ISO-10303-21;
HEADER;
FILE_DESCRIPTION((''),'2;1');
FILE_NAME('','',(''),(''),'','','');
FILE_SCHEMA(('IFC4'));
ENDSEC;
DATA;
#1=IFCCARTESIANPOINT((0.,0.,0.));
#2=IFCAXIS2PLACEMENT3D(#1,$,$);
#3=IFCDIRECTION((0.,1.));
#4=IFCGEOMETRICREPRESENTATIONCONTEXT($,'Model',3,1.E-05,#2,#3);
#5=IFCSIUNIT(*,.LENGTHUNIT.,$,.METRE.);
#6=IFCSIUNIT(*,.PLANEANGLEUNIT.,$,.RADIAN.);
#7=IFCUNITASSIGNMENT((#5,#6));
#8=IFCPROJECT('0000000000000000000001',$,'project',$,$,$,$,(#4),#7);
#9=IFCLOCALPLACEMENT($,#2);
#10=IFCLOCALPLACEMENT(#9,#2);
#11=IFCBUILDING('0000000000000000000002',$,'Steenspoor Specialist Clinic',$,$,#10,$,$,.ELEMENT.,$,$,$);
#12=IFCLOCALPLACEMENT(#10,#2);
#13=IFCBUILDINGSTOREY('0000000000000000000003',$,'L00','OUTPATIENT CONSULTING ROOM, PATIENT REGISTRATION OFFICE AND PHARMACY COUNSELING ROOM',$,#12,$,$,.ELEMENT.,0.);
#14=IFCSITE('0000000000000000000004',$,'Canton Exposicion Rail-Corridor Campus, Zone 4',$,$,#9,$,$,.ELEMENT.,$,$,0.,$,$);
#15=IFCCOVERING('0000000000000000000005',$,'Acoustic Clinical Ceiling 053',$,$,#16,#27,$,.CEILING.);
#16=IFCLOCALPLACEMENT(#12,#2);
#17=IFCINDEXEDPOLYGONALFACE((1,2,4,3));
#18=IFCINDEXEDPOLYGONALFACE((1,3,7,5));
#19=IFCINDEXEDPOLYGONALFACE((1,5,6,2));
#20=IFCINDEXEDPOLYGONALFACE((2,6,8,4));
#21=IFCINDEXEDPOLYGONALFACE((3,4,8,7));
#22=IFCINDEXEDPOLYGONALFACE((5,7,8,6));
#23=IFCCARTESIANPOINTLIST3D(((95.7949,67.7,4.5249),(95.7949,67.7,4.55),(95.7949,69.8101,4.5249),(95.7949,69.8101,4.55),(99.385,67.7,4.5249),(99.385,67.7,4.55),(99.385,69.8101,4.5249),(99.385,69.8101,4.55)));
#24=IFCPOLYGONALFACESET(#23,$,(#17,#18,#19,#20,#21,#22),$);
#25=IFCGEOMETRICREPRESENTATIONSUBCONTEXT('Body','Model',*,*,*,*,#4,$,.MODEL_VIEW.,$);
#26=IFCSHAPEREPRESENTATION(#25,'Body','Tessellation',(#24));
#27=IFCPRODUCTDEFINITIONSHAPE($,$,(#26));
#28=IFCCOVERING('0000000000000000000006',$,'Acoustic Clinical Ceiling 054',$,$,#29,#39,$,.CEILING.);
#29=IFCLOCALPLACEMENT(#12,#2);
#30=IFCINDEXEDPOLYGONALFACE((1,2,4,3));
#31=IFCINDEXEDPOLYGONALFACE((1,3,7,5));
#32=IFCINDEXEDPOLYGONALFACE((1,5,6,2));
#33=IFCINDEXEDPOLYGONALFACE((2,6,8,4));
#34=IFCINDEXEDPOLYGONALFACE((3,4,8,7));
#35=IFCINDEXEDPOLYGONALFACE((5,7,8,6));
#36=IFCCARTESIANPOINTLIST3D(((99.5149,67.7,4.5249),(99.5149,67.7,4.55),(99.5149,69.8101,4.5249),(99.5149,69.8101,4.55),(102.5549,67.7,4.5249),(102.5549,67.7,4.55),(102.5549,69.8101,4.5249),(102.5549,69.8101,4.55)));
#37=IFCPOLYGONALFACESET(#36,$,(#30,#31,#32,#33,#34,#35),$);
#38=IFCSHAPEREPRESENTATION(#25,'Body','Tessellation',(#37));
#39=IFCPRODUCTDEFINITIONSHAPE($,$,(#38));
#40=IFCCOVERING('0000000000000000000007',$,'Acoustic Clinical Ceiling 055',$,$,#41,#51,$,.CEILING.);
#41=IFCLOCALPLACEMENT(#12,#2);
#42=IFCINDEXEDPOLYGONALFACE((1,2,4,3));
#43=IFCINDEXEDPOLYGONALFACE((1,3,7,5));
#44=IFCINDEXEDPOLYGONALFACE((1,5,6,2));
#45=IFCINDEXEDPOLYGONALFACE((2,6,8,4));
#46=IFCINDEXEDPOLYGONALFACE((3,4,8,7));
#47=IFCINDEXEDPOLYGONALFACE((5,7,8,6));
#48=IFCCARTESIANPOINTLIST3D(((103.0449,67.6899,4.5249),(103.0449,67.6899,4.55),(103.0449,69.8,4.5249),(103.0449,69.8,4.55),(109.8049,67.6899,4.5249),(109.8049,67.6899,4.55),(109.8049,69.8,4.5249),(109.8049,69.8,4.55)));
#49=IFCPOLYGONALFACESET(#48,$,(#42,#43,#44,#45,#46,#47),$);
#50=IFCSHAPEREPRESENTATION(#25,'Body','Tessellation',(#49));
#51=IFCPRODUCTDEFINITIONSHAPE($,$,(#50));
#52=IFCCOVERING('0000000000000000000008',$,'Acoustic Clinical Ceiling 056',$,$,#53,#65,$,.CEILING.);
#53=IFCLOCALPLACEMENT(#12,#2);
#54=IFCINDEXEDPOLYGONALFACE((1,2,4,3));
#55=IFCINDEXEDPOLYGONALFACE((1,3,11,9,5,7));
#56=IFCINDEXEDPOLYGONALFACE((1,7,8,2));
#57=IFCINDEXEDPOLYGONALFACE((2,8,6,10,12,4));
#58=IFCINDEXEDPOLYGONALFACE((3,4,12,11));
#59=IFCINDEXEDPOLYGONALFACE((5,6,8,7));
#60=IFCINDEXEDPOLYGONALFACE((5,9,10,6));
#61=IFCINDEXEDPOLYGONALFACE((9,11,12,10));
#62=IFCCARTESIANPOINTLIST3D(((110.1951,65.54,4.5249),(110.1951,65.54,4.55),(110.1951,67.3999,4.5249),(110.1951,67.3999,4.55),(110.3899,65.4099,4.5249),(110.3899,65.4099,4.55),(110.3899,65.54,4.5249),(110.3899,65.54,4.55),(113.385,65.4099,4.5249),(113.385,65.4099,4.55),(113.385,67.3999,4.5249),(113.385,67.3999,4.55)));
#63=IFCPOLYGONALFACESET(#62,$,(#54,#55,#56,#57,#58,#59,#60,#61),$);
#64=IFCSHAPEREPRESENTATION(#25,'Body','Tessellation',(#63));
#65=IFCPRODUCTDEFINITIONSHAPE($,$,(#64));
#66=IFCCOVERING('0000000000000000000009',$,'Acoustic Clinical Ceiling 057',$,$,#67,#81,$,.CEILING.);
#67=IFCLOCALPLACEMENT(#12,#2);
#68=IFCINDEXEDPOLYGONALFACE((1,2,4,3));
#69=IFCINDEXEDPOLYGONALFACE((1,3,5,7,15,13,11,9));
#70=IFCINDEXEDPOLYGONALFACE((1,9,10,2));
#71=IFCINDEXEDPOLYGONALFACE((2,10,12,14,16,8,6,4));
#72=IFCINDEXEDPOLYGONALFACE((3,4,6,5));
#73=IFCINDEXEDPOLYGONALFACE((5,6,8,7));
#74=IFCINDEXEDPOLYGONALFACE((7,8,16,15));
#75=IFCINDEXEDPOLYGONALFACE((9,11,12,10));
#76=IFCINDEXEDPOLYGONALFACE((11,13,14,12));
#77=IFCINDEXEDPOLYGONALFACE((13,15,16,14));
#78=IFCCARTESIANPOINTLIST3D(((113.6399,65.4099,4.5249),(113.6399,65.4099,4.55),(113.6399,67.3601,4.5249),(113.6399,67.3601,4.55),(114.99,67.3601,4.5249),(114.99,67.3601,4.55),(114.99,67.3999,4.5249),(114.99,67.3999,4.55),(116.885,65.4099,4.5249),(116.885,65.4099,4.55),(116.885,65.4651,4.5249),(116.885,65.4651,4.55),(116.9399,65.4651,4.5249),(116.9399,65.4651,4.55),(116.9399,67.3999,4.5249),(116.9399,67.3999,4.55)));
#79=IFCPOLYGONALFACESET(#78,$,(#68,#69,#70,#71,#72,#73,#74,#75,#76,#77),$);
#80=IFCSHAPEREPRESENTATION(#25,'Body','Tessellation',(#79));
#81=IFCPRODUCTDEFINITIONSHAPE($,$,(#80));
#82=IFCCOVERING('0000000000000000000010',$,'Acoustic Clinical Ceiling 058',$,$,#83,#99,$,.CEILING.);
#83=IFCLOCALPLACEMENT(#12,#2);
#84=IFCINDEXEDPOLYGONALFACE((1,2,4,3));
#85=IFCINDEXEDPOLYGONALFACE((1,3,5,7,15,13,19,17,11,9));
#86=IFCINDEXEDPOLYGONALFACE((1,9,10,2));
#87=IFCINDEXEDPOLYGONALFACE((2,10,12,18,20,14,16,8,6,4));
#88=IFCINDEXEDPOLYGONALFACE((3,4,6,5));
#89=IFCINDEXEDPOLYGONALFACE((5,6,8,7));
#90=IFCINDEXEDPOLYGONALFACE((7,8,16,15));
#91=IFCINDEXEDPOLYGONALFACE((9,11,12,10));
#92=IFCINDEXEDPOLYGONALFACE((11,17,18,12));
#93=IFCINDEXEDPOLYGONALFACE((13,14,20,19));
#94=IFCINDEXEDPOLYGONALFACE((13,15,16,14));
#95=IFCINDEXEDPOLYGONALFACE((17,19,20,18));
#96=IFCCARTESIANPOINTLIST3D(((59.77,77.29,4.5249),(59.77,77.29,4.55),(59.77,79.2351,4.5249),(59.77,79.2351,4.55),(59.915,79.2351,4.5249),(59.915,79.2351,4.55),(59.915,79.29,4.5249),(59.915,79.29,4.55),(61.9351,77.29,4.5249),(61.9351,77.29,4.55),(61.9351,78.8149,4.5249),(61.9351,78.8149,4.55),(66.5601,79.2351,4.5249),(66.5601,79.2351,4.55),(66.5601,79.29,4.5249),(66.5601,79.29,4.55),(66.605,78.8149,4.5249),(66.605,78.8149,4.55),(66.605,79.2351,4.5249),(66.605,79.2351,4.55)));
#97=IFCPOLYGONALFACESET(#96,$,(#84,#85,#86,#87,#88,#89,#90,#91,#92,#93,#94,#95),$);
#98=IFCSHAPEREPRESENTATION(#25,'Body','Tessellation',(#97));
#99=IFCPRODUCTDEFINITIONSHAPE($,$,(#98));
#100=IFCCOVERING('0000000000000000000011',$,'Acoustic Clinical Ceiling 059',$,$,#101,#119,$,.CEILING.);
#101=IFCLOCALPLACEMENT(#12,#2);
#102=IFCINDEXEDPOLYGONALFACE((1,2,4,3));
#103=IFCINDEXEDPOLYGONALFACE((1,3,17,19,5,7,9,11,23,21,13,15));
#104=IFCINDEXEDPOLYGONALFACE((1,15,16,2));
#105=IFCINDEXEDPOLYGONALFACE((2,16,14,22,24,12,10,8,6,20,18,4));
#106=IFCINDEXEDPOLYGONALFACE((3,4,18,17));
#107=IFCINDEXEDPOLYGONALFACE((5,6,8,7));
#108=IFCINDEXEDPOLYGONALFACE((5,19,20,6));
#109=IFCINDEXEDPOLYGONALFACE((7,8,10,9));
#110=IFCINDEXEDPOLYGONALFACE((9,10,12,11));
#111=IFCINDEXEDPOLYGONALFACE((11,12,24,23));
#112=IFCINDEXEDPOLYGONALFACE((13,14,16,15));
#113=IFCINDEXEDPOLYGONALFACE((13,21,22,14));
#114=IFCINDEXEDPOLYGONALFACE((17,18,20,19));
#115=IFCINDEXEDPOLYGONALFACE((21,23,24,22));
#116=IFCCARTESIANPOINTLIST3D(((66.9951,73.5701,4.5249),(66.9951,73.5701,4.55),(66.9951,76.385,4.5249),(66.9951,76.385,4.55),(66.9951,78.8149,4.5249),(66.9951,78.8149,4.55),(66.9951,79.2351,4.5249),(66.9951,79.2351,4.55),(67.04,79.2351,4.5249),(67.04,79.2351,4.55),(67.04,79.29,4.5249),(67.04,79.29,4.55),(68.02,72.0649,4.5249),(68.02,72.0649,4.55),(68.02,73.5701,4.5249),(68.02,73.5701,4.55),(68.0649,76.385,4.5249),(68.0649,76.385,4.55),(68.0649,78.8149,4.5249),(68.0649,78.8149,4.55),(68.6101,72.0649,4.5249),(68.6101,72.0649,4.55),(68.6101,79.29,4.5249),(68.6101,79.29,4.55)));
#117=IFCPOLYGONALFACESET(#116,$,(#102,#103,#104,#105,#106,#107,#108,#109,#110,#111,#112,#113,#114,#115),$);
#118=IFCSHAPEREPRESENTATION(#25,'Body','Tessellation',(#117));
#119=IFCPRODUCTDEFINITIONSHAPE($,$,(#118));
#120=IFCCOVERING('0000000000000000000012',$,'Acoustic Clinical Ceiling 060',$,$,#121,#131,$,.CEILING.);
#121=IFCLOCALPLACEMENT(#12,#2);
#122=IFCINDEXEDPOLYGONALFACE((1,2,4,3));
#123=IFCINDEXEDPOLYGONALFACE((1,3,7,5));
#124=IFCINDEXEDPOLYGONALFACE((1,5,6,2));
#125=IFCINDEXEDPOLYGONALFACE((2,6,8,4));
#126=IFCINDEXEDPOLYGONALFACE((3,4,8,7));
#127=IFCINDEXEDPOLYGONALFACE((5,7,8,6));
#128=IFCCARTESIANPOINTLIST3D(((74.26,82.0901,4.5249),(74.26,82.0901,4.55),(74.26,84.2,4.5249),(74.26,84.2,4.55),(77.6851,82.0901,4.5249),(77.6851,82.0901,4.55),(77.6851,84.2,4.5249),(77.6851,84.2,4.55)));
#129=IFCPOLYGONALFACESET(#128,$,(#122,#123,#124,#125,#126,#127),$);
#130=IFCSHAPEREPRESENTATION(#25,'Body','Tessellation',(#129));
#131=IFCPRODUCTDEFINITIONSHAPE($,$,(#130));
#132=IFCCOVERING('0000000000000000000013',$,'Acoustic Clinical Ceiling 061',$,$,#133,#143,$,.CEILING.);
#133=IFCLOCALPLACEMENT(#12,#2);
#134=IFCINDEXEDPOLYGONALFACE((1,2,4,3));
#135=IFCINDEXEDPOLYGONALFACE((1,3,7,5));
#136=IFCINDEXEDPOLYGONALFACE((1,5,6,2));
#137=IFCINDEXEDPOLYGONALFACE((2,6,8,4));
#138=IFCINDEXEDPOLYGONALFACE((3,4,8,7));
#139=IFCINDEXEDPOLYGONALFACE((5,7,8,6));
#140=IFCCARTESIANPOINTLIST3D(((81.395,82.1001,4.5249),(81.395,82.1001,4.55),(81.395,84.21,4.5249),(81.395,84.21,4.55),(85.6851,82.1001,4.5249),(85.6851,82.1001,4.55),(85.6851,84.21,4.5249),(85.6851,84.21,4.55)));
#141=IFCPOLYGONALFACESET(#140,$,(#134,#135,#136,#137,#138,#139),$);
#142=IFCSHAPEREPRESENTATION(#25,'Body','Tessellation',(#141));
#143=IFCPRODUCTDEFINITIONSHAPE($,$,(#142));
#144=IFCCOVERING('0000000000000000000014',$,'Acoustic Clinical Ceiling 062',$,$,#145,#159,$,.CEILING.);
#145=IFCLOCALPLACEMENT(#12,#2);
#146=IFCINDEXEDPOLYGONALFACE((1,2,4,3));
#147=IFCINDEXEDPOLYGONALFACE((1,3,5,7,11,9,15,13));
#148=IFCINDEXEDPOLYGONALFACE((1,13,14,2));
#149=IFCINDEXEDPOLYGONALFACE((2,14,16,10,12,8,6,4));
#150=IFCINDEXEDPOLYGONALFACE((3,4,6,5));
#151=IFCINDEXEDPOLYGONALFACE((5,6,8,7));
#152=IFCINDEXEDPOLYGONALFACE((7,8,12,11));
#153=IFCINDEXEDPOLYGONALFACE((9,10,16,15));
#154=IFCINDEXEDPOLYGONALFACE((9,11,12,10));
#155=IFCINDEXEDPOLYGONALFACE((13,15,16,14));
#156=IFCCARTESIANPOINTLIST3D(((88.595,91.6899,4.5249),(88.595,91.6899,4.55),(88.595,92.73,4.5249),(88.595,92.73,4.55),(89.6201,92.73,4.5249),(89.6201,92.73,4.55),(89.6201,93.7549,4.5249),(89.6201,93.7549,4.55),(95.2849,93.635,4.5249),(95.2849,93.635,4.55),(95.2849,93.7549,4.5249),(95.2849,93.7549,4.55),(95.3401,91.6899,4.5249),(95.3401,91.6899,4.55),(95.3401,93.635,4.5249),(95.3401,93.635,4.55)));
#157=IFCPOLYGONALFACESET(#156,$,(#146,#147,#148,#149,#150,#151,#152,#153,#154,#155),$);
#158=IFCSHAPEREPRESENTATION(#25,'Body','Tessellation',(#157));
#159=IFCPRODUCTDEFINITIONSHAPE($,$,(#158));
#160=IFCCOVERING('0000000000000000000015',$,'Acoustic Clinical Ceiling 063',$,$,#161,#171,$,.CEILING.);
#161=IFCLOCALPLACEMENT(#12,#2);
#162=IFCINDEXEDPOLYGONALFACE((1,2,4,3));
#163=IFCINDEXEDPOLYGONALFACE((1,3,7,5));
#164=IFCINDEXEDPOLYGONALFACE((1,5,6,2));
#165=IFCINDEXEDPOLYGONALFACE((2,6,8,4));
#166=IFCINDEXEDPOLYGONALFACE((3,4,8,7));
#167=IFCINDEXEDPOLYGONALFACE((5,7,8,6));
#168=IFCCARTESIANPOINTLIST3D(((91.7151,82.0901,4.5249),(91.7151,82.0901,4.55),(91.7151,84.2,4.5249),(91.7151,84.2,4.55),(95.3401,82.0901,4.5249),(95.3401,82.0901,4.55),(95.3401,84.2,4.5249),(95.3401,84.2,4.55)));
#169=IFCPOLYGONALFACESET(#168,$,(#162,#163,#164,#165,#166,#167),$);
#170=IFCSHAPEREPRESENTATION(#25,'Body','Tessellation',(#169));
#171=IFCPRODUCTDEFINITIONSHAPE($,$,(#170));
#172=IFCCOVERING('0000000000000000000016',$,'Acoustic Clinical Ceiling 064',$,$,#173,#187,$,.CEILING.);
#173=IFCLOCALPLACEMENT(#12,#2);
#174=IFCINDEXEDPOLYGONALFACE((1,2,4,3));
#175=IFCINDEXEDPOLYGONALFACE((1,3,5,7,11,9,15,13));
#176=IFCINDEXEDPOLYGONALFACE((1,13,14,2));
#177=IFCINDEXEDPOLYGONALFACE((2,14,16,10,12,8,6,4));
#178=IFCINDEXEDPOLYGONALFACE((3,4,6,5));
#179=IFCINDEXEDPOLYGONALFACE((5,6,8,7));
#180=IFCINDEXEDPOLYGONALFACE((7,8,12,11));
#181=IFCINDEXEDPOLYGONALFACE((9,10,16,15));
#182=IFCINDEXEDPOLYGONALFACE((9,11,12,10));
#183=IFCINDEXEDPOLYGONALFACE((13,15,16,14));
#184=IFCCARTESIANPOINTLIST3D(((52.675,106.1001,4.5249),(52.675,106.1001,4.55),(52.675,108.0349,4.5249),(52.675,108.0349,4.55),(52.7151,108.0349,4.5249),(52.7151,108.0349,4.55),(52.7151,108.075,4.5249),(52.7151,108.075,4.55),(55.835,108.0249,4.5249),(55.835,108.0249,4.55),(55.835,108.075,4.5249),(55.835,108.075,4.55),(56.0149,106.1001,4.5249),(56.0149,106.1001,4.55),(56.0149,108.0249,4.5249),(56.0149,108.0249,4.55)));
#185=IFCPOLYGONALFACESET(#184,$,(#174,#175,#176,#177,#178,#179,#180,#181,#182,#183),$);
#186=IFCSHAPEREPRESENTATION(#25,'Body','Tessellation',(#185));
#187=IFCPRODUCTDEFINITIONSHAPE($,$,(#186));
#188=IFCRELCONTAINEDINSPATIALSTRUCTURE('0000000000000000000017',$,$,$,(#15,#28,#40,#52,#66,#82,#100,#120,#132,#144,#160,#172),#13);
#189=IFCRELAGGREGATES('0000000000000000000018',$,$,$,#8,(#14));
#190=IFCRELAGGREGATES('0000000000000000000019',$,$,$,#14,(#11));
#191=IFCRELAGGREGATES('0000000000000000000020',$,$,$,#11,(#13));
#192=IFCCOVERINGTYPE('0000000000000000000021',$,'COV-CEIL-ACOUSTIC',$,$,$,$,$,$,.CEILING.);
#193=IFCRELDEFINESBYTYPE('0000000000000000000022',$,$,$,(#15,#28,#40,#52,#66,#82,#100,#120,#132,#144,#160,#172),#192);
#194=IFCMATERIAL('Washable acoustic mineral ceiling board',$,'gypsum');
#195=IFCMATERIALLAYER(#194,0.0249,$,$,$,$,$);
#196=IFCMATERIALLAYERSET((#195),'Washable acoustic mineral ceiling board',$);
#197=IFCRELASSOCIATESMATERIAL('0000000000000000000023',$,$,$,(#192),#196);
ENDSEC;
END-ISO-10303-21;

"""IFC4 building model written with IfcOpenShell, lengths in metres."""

from ifc_helpers import new_model, si_unit, direction, frame, origin, place, context, subcontext, project, spatial, polyline, outline, extrude, material, layer, layer_set, type_object, element, save


model = new_model("IFC4")

# Units and contexts
model_context = context("Model", 3, precision=1e-05, world=origin(), true_north=direction((0.0, 1.0)))
body_context = subcontext(model_context, "Body", "Model", "MODEL_VIEW")
ifc_project = project(units=[si_unit("LENGTHUNIT", "METRE"), si_unit("PLANEANGLEUNIT", "RADIAN")], contexts=[model_context])

# Site, building, storey
site_placement = place(None, origin())
site = spatial("IfcSite", under=ifc_project, at=site_placement, Name="Canton Exposicion Rail-Corridor Campus, Zone 4", CompositionType="ELEMENT", RefElevation=0.0)
building_placement = place(site_placement, origin())
building = spatial("IfcBuilding", under=site, at=building_placement, Name="Steenspoor Specialist Clinic", CompositionType="ELEMENT")
storey_placement = place(building_placement, origin())
storey = spatial("IfcBuildingStorey", under=building, at=storey_placement, Name="L00", Description="OUTPATIENT CONSULTING ROOM, PATIENT REGISTRATION OFFICE AND PHARMACY COUNSELING ROOM", CompositionType="ELEMENT", Elevation=0.0)

# Coverings
ifc_material_1 = material(Name="Washable acoustic mineral ceiling board", Category="gypsum")
ifc_layer_1 = layer(ifc_material_1, 0.0249)
ifc_layer_set_1 = layer_set([ifc_layer_1], Name="Washable acoustic mineral ceiling board")
covering_type_1 = type_object("IfcCoveringType", Name="COV-CEIL-ACOUSTIC", PredefinedType="CEILING", material=ifc_layer_set_1)
covering_1_placement = place(storey_placement, frame((0.0, 0.0, 4.5249)))
element("IfcCovering", 1, at=covering_1_placement, inside=storey, type_object=covering_type_1, Name="Acoustic Clinical Ceiling 053", PredefinedType="CEILING", context=body_context, shape_type="SweptSolid", body=[
    extrude(outline(polyline([(99.385, 67.7), (95.7949, 67.7), (95.7949, 69.8101), (99.385, 69.8101), (99.385, 67.7)])), origin(), (0.0, 0.0, 1.0), 0.0251),
])
covering_2_placement = place(storey_placement, frame((0.0, 0.0, 4.5249)))
element("IfcCovering", 2, at=covering_2_placement, inside=storey, type_object=covering_type_1, Name="Acoustic Clinical Ceiling 054", PredefinedType="CEILING", context=body_context, shape_type="SweptSolid", body=[
    extrude(outline(polyline([(99.5149, 69.8101), (102.5549, 69.8101), (102.5549, 67.7), (99.5149, 67.7), (99.5149, 69.8101)])), origin(), (0.0, 0.0, 1.0), 0.0251),
])
covering_3_placement = place(storey_placement, frame((0.0, 0.0, 4.5249)))
element("IfcCovering", 3, at=covering_3_placement, inside=storey, type_object=covering_type_1, Name="Acoustic Clinical Ceiling 055", PredefinedType="CEILING", context=body_context, shape_type="SweptSolid", body=[
    extrude(outline(polyline([(109.8049, 69.8), (109.8049, 67.6899), (103.0449, 67.6899), (103.0449, 69.8), (109.8049, 69.8)])), origin(), (0.0, 0.0, 1.0), 0.0251),
])
covering_4_placement = place(storey_placement, frame((0.0, 0.0, 4.5249)))
element("IfcCovering", 4, at=covering_4_placement, inside=storey, type_object=covering_type_1, Name="Acoustic Clinical Ceiling 056", PredefinedType="CEILING", context=body_context, shape_type="SweptSolid", body=[
    extrude(outline(polyline([(113.385, 65.4099), (110.3899, 65.4099), (110.3899, 65.54), (110.1951, 65.54), (110.1951, 67.3999), (113.385, 67.3999), (113.385, 65.4099)])), origin(), (0.0, 0.0, 1.0), 0.0251),
])
covering_5_placement = place(storey_placement, frame((0.0, 0.0, 4.5249)))
element("IfcCovering", 5, at=covering_5_placement, inside=storey, type_object=covering_type_1, Name="Acoustic Clinical Ceiling 057", PredefinedType="CEILING", context=body_context, shape_type="SweptSolid", body=[
    extrude(outline(polyline([(114.99, 67.3999), (116.9399, 67.3999), (116.9399, 65.4651), (116.885, 65.4651), (116.885, 65.4099), (113.6399, 65.4099), (113.6399, 67.3601), (114.99, 67.3601), (114.99, 67.3999)])), origin(), (0.0, 0.0, 1.0), 0.0251),
])
covering_6_placement = place(storey_placement, frame((0.0, 0.0, 4.5249)))
element("IfcCovering", 6, at=covering_6_placement, inside=storey, type_object=covering_type_1, Name="Acoustic Clinical Ceiling 058", PredefinedType="CEILING", context=body_context, shape_type="SweptSolid", body=[
    extrude(outline(polyline([(66.5601, 79.29), (66.5601, 79.2351), (66.605, 79.2351), (66.605, 78.8149), (61.9351, 78.8149), (61.9351, 77.29), (59.77, 77.29), (59.77, 79.2351), (59.915, 79.2351), (59.915, 79.29), (66.5601, 79.29)])), origin(), (0.0, 0.0, 1.0), 0.0251),
])
covering_7_placement = place(storey_placement, frame((0.0, 0.0, 4.5249)))
element("IfcCovering", 7, at=covering_7_placement, inside=storey, type_object=covering_type_1, Name="Acoustic Clinical Ceiling 059", PredefinedType="CEILING", context=body_context, shape_type="SweptSolid", body=[
    extrude(outline(polyline([(68.6101, 79.29), (68.6101, 72.0649), (68.02, 72.0649), (68.02, 73.5701), (66.9951, 73.5701), (66.9951, 76.385), (68.0649, 76.385), (68.0649, 78.8149), (66.9951, 78.8149), (66.9951, 79.2351), (67.04, 79.2351), (67.04, 79.29), (68.6101, 79.29)])), origin(), (0.0, 0.0, 1.0), 0.0251),
])
covering_8_placement = place(storey_placement, frame((0.0, 0.0, 4.5249)))
element("IfcCovering", 8, at=covering_8_placement, inside=storey, type_object=covering_type_1, Name="Acoustic Clinical Ceiling 060", PredefinedType="CEILING", context=body_context, shape_type="SweptSolid", body=[
    extrude(outline(polyline([(74.26, 84.2), (77.6851, 84.2), (77.6851, 82.0901), (74.26, 82.0901), (74.26, 84.2)])), origin(), (0.0, 0.0, 1.0), 0.0251),
])
covering_9_placement = place(storey_placement, frame((0.0, 0.0, 4.5249)))
element("IfcCovering", 9, at=covering_9_placement, inside=storey, type_object=covering_type_1, Name="Acoustic Clinical Ceiling 061", PredefinedType="CEILING", context=body_context, shape_type="SweptSolid", body=[
    extrude(outline(polyline([(85.6851, 82.1001), (81.395, 82.1001), (81.395, 84.21), (85.6851, 84.21), (85.6851, 82.1001)])), origin(), (0.0, 0.0, 1.0), 0.0251),
])
covering_10_placement = place(storey_placement, frame((0.0, 0.0, 4.5249)))
element("IfcCovering", 10, at=covering_10_placement, inside=storey, type_object=covering_type_1, Name="Acoustic Clinical Ceiling 062", PredefinedType="CEILING", context=body_context, shape_type="SweptSolid", body=[
    extrude(outline(polyline([(95.3401, 91.6899), (88.595, 91.6899), (88.595, 92.73), (89.6201, 92.73), (89.6201, 93.7549), (95.2849, 93.7549), (95.2849, 93.635), (95.3401, 93.635), (95.3401, 91.6899)])), origin(), (0.0, 0.0, 1.0), 0.0251),
])
covering_11_placement = place(storey_placement, frame((0.0, 0.0, 4.5249)))
element("IfcCovering", 11, at=covering_11_placement, inside=storey, type_object=covering_type_1, Name="Acoustic Clinical Ceiling 063", PredefinedType="CEILING", context=body_context, shape_type="SweptSolid", body=[
    extrude(outline(polyline([(95.3401, 82.0901), (91.7151, 82.0901), (91.7151, 84.2), (95.3401, 84.2), (95.3401, 82.0901)])), origin(), (0.0, 0.0, 1.0), 0.0251),
])
covering_12_placement = place(storey_placement, frame((0.0, 0.0, 4.5249)))
element("IfcCovering", 12, at=covering_12_placement, inside=storey, type_object=covering_type_1, Name="Acoustic Clinical Ceiling 064", PredefinedType="CEILING", context=body_context, shape_type="SweptSolid", body=[
    extrude(outline(polyline([(52.675, 108.0349), (52.7151, 108.0349), (52.7151, 108.075), (55.835, 108.075), (55.835, 108.0249), (56.0149, 108.0249), (56.0149, 106.1001), (52.675, 106.1001), (52.675, 108.0349)])), origin(), (0.0, 0.0, 1.0), 0.0251),
])

save(model, "model.ifc")
